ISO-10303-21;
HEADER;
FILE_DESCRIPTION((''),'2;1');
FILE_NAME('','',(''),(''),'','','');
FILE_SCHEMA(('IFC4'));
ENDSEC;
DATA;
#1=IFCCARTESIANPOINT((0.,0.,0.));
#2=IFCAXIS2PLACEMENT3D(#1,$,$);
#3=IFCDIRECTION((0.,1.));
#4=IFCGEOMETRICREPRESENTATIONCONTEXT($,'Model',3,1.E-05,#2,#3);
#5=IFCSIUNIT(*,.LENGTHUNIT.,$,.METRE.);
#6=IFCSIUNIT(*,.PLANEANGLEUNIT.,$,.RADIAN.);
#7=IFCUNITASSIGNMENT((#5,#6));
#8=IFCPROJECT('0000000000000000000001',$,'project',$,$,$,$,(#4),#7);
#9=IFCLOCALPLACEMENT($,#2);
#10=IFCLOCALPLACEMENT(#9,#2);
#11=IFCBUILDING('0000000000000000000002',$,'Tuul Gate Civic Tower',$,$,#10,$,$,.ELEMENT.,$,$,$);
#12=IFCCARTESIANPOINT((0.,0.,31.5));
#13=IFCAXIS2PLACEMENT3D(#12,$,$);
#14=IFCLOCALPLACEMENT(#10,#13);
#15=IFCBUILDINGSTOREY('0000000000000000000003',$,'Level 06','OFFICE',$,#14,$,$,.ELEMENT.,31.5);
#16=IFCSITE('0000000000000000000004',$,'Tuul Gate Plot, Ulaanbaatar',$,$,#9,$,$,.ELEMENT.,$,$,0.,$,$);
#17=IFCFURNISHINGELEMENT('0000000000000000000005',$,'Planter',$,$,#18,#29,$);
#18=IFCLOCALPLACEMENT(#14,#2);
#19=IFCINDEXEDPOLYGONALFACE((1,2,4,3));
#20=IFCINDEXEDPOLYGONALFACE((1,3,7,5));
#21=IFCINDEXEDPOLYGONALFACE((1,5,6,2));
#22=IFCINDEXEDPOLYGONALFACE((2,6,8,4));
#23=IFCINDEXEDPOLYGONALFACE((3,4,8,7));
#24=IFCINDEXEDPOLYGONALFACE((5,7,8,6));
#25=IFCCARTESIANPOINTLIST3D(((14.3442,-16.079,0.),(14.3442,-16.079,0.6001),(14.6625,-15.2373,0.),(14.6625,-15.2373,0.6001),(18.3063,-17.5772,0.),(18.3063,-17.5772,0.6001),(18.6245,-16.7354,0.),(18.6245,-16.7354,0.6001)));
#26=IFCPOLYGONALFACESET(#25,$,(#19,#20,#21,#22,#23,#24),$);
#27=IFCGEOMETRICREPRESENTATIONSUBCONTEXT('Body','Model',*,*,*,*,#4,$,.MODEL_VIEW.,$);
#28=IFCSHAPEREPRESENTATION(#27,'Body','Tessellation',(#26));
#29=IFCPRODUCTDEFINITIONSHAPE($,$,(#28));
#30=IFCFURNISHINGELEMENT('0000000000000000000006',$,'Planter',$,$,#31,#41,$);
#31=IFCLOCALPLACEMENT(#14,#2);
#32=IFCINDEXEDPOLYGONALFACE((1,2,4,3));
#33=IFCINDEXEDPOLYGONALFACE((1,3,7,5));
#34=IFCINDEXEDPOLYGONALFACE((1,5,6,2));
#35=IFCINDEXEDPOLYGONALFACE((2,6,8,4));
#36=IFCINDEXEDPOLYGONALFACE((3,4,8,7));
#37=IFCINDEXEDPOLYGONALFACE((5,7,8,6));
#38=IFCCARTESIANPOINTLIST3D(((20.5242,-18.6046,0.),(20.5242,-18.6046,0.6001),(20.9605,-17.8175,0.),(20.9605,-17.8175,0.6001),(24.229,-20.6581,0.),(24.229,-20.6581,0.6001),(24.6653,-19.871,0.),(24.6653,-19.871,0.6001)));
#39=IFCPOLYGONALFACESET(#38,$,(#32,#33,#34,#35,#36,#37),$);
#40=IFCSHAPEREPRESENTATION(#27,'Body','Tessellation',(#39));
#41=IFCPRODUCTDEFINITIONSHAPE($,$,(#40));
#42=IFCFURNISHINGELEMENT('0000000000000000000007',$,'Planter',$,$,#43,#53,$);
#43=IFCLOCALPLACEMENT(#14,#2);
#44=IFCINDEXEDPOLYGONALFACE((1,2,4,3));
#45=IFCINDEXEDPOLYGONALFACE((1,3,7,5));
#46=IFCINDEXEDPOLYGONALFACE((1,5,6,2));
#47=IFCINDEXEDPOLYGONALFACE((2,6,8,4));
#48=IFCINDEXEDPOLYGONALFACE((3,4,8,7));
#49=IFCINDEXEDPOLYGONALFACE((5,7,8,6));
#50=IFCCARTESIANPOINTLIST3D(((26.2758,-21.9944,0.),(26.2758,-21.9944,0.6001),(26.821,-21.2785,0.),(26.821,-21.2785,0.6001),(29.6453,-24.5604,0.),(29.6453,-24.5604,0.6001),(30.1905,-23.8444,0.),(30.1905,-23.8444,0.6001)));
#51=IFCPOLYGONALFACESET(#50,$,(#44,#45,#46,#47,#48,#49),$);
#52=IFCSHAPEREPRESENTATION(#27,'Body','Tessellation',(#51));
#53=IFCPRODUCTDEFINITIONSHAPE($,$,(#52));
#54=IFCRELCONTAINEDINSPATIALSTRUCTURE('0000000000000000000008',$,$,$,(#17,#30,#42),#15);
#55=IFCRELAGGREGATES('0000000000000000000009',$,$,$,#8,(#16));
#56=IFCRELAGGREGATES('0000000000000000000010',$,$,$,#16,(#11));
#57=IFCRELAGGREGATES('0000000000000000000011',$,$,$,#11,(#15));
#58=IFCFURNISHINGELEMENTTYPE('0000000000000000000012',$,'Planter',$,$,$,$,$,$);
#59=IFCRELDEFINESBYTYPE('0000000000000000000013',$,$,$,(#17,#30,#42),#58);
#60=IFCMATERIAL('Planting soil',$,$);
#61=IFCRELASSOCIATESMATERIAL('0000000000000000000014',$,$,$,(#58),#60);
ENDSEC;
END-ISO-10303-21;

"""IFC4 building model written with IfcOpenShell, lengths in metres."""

from ifc_helpers import new_model, si_unit, direction, frame, origin, origin_2d, place, context, subcontext, project, spatial, rectangle, extrude, material, type_object, element, save


model = new_model("IFC4")

# Units and contexts
model_context = context("Model", 3, precision=1e-05, world=origin(), true_north=direction((0.0, 1.0)))
body_context = subcontext(model_context, "Body", "Model", "MODEL_VIEW")
ifc_project = project(units=[si_unit("LENGTHUNIT", "METRE"), si_unit("PLANEANGLEUNIT", "RADIAN")], contexts=[model_context])

# Site, building, storey
site_placement = place(None, origin())
site = spatial("IfcSite", under=ifc_project, at=site_placement, Name="Tuul Gate Plot, Ulaanbaatar", CompositionType="ELEMENT", RefElevation=0.0)
building_placement = place(site_placement, origin())
building = spatial("IfcBuilding", under=site, at=building_placement, Name="Tuul Gate Civic Tower", CompositionType="ELEMENT")
storey_placement = place(building_placement, frame((0.0, 0.0, 31.5)))
storey = spatial("IfcBuildingStorey", under=building, at=storey_placement, Name="Level 06", Description="OFFICE", CompositionType="ELEMENT", Elevation=31.5)

# Furnishing elements
ifc_material_1 = material(Name="Planting soil")
furnishing_element_type = type_object("IfcFurnishingElementType", Name="Planter", material=ifc_material_1)
for number, where, z_axis, x_axis, name in (
    (1, (16.4844, -16.4072, 0.0), (0.0, 0.0, 1.0), (0.935366, -0.353682, 0.0), "Planter"),
    (2, (22.5947, -19.2378, 0.0), (0.0, 0.0, 1.0), (0.874633, -0.484785, 0.0), "Planter"),
):
    element("IfcFurnishingElement", number, at=place(storey_placement, frame(where, z_axis=z_axis, x_axis=x_axis)), inside=storey, type_object=furnishing_element_type, Name=name, context=body_context, shape_type="SweptSolid", body=[
        extrude(rectangle(XDim=4.2358, YDim=0.8999, at=origin_2d()), origin(), (0.0, 0.0, 1.0), 0.6001),
    ])
furnishing_1_placement = place(storey_placement, frame((28.2332, -22.9194, 0.0), z_axis=(0.0, 0.0, 1.0), x_axis=(0.795584, -0.605843, 0.0)))
element("IfcFurnishingElement", 3, at=furnishing_1_placement, inside=storey, type_object=furnishing_element_type, Name="Planter", context=body_context, shape_type="SweptSolid", body=[
    extrude(rectangle(XDim=4.2354, YDim=0.8999, at=origin_2d()), origin(), (0.0, 0.0, 1.0), 0.6001),
])

save(model, "model.ifc")
